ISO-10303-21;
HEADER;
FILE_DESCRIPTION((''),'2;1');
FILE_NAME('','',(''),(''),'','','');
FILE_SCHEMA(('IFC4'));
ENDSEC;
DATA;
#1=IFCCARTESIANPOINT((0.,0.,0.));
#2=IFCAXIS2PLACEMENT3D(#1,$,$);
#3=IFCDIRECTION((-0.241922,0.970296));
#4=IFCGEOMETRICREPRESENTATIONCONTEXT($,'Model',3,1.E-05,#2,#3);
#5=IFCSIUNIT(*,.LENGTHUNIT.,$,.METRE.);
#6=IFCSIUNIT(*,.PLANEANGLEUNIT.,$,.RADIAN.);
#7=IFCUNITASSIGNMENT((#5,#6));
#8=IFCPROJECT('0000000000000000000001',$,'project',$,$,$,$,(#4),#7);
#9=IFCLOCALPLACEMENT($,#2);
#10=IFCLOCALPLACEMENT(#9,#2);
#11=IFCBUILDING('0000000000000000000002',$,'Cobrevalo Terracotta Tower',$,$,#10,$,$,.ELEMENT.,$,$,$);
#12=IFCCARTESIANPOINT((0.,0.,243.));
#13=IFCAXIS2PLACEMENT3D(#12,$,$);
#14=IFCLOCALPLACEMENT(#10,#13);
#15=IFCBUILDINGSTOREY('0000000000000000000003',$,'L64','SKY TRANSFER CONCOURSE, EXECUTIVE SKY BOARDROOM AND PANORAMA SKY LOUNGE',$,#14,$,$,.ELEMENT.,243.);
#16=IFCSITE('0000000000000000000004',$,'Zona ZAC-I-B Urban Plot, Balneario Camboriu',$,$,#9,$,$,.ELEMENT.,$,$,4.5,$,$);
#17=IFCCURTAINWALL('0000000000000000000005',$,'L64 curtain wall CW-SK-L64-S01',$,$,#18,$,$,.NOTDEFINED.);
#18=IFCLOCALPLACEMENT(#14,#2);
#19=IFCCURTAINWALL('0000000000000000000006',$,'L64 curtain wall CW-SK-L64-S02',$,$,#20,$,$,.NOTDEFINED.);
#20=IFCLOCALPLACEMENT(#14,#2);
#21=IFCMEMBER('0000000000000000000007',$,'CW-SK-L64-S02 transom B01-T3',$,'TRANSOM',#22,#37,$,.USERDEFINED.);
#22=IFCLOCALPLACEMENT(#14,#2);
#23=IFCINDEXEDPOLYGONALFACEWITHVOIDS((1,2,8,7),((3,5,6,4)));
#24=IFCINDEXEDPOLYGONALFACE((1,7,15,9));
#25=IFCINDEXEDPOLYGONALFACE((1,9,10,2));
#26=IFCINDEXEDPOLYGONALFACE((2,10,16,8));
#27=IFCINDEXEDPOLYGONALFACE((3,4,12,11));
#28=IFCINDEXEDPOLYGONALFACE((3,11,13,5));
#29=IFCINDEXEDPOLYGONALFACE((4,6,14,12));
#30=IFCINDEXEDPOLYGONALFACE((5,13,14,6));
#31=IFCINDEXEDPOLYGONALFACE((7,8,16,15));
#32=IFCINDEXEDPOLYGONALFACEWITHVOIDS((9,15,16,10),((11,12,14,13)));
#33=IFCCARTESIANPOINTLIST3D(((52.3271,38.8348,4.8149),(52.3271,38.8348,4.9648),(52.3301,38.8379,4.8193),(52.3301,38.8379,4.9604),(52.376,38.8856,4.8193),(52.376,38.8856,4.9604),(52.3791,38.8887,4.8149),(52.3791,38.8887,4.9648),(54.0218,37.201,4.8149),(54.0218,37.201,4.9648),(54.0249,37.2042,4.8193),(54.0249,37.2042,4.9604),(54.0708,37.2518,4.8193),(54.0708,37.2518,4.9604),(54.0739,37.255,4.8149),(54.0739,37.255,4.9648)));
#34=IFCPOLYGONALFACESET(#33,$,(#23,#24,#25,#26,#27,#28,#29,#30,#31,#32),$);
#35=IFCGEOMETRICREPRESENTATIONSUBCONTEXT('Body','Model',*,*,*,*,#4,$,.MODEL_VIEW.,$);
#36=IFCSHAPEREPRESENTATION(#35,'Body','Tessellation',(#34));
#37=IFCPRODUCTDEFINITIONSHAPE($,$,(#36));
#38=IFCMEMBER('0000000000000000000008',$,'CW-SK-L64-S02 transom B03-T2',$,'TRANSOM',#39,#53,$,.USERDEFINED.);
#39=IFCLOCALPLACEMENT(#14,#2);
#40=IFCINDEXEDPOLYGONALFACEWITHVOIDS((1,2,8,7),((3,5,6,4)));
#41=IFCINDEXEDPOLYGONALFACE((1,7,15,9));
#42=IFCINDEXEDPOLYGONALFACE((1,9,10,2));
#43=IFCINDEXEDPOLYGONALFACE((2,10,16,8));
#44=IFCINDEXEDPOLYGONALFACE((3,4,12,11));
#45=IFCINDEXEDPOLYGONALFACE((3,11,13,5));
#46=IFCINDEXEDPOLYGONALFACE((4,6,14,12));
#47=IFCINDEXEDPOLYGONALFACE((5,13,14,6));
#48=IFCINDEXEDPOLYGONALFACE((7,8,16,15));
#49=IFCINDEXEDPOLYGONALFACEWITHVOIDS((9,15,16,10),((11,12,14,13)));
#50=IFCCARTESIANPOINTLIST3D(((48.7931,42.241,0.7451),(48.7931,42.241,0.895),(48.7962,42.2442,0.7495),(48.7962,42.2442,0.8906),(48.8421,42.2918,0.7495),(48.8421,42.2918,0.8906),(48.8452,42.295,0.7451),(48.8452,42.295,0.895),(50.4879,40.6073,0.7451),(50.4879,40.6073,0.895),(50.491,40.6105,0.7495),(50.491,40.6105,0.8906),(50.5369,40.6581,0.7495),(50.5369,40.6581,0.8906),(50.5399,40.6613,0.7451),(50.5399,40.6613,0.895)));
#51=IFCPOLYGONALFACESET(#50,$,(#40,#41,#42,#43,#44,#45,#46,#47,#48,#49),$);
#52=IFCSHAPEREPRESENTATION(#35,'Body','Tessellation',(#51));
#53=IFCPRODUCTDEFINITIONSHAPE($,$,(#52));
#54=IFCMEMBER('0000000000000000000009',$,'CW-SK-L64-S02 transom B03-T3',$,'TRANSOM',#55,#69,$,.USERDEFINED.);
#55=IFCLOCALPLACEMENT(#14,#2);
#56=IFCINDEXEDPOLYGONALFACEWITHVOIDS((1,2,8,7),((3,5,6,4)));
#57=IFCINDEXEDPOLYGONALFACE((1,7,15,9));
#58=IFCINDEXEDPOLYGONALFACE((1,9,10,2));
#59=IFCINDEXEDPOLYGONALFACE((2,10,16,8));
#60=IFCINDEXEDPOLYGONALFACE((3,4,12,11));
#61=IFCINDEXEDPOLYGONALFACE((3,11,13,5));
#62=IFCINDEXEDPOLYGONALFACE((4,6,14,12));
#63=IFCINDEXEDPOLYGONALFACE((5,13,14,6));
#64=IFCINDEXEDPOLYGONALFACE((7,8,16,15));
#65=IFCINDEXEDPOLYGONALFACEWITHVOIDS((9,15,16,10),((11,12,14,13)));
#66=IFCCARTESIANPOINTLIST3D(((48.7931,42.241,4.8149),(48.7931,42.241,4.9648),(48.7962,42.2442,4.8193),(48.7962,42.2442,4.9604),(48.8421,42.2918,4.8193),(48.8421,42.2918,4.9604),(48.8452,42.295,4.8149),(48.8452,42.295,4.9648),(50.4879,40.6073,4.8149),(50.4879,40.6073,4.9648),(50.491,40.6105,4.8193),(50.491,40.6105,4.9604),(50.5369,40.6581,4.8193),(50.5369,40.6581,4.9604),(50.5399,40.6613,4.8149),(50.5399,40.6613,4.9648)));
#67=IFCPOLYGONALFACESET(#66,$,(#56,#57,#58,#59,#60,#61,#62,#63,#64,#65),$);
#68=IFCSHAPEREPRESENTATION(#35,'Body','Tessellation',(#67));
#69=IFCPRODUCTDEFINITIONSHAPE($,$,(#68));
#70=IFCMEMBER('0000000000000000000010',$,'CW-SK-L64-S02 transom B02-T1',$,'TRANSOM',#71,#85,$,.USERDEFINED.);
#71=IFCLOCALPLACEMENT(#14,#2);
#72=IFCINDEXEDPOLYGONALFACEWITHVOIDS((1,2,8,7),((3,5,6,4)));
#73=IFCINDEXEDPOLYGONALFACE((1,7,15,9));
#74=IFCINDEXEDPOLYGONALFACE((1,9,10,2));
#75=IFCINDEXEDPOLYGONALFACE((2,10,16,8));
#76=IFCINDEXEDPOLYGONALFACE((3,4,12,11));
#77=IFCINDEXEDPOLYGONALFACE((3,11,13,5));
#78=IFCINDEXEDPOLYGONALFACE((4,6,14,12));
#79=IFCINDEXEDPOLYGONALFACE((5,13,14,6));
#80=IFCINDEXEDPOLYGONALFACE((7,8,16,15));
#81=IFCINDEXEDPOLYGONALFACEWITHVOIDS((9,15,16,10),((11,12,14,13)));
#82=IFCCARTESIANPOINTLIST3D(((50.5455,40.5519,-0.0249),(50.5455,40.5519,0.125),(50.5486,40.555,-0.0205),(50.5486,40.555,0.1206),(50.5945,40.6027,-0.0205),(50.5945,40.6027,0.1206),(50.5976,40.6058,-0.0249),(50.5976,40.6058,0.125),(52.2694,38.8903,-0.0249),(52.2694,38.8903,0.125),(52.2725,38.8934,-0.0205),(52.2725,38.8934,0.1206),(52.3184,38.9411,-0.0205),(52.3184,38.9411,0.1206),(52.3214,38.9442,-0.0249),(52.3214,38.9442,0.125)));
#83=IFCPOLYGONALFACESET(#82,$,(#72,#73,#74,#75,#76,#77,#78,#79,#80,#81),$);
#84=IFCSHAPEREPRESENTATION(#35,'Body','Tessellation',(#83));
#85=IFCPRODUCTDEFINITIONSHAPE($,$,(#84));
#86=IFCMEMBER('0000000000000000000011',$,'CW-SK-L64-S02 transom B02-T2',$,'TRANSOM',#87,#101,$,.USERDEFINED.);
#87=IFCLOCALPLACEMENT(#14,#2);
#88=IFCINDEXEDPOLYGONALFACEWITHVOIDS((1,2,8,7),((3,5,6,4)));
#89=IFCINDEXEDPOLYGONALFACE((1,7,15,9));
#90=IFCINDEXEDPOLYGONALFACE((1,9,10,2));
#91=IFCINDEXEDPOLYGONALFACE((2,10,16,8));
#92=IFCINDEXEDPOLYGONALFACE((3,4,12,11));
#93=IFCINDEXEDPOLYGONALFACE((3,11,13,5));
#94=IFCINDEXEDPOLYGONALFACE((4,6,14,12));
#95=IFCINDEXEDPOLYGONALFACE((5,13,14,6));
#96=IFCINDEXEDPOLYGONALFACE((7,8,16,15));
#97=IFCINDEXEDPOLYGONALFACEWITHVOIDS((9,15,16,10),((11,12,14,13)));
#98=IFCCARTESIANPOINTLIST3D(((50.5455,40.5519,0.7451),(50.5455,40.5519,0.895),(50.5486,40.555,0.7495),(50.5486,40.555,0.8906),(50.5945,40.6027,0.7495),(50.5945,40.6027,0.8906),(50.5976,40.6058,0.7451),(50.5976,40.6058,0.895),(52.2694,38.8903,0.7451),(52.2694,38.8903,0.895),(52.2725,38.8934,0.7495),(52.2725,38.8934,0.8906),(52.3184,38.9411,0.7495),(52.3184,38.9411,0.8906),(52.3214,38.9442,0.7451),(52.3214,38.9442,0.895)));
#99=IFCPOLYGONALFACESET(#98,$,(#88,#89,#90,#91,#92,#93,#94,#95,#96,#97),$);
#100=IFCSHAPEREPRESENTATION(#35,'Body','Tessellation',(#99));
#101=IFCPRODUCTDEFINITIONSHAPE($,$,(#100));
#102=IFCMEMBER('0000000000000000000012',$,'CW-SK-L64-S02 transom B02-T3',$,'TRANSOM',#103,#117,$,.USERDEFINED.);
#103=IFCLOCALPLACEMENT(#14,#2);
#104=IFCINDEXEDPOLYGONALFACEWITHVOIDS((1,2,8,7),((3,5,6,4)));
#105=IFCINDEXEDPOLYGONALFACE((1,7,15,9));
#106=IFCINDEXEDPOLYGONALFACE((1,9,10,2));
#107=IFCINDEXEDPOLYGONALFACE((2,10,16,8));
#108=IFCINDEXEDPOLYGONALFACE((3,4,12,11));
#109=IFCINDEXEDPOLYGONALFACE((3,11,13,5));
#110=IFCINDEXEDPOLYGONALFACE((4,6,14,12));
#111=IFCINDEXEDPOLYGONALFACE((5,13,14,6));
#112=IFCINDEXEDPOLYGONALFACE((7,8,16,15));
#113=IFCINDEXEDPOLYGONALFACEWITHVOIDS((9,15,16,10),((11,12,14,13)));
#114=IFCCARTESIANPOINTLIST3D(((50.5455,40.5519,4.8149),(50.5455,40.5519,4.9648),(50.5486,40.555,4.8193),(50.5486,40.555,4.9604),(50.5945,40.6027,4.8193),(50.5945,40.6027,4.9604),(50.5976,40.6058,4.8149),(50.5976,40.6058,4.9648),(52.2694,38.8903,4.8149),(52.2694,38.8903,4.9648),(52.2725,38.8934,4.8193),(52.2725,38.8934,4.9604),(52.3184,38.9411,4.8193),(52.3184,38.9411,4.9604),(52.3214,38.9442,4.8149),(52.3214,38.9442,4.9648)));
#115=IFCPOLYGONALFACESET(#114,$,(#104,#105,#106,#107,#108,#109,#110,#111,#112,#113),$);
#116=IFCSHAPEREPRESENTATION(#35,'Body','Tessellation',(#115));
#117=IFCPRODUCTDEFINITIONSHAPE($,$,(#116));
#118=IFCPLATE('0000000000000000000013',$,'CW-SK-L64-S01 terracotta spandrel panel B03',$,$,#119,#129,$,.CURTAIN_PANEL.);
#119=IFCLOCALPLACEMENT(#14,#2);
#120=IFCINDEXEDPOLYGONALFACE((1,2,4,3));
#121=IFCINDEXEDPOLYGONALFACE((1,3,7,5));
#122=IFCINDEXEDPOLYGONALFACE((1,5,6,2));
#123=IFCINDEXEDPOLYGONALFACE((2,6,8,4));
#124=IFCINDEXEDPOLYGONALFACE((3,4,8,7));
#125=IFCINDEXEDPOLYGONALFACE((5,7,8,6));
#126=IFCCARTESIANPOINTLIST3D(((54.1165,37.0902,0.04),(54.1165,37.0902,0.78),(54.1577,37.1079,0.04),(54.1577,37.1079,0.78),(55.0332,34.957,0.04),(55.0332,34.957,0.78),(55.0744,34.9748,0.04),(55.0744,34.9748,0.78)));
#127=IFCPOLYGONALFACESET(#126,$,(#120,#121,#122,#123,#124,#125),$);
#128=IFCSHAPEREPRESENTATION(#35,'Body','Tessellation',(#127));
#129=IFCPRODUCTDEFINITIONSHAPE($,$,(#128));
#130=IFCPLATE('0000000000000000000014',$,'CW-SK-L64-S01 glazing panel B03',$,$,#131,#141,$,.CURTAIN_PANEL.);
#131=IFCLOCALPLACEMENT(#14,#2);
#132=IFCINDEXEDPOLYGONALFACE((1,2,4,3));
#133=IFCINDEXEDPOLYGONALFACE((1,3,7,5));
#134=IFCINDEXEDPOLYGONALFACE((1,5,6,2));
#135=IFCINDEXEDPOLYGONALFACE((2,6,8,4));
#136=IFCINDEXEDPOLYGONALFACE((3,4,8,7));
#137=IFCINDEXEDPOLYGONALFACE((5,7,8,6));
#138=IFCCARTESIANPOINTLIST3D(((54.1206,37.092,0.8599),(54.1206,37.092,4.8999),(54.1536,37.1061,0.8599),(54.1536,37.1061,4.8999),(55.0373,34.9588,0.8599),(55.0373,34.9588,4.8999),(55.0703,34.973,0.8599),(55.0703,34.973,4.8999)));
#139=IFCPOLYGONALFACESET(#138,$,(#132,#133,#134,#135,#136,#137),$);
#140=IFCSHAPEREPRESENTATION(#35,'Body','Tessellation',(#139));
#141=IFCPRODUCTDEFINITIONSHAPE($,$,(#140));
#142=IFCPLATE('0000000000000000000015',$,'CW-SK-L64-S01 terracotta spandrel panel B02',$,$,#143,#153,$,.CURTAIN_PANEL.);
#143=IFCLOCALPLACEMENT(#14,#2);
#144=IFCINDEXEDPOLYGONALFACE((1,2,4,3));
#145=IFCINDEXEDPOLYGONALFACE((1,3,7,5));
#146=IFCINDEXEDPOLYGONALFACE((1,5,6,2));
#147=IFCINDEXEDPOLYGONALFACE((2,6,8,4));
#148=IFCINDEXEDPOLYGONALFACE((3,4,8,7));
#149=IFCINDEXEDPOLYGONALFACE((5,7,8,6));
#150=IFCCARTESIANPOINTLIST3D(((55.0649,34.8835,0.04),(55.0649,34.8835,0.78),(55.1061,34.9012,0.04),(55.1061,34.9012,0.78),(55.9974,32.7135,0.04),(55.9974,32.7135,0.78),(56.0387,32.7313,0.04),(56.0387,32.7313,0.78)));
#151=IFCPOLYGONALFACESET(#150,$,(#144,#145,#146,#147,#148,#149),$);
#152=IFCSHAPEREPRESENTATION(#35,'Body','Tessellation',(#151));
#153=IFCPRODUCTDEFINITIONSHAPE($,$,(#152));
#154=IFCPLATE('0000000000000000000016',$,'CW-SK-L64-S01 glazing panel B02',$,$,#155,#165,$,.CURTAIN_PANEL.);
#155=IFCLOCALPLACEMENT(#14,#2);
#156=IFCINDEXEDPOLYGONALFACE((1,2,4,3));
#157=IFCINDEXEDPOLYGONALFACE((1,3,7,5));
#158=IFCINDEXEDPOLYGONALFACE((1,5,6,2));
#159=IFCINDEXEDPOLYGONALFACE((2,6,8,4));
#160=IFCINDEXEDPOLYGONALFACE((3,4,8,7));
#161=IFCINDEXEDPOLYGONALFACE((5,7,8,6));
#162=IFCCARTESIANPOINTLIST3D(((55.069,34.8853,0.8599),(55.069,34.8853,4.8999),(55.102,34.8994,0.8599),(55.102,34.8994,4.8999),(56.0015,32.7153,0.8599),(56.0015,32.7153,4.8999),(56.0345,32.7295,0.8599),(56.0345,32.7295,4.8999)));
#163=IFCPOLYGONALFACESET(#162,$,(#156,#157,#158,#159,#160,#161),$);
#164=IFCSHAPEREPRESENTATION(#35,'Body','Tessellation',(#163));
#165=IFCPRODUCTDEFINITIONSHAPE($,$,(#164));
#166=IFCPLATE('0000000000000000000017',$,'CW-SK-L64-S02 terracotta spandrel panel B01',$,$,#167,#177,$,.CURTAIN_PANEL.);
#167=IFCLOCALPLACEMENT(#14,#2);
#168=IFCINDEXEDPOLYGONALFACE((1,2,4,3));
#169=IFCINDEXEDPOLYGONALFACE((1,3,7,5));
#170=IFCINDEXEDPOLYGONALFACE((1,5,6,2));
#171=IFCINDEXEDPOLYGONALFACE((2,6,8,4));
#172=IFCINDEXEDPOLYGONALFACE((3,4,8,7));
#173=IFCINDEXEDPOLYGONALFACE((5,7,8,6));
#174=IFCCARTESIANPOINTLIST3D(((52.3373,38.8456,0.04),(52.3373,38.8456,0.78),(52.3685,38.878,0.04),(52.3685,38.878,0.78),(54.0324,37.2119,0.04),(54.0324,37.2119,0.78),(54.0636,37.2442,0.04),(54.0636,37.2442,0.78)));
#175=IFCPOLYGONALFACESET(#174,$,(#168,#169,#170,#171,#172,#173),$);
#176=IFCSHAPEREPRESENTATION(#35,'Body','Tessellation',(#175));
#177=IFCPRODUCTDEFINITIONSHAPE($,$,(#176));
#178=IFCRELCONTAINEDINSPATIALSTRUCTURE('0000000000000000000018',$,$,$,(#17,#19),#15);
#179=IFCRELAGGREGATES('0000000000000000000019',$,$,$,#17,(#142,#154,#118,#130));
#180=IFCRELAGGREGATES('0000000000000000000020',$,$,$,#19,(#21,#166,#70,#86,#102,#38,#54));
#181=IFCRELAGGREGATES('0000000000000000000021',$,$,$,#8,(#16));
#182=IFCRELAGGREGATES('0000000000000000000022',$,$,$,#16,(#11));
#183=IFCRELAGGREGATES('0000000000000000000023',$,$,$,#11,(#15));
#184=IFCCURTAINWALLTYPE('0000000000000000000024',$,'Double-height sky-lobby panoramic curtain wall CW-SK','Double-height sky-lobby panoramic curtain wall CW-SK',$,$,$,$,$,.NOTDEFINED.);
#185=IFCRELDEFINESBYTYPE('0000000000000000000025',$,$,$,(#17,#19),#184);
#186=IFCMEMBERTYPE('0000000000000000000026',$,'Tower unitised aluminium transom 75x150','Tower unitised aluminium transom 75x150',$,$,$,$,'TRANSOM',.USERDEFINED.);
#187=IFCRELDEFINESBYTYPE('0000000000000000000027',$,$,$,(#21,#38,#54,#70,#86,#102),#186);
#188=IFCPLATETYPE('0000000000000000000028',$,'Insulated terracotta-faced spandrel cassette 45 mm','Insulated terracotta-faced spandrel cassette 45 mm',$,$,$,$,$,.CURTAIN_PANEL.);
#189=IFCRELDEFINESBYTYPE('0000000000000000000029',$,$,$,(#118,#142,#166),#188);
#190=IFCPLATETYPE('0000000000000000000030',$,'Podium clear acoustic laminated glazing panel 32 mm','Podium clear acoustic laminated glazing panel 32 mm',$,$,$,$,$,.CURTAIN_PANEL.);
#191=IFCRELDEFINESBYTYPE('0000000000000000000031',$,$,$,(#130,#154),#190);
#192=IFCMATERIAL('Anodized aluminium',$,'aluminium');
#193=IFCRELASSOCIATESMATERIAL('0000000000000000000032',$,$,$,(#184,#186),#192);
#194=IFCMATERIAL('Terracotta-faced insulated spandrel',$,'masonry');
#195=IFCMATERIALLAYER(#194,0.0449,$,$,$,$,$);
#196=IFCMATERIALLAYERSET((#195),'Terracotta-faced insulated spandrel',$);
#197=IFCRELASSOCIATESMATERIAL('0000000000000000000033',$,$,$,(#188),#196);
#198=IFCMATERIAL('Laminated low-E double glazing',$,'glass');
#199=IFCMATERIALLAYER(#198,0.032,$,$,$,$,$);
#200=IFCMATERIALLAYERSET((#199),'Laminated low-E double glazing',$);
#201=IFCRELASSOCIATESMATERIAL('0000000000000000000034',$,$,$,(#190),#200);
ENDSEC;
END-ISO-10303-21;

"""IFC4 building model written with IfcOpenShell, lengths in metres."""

from ifc_helpers import new_model, si_unit, direction, frame, origin, origin_2d, place, context, subcontext, project, spatial, rectangle, hollow_rectangle, extrude, source, transform, mapped, material, layer, layer_set, material_profile, profile_set, type_object, element, aggregate, save


model = new_model("IFC4")

# Units and contexts
model_context = context("Model", 3, precision=1e-05, world=origin(), true_north=direction((-0.241922, 0.970296)))
body_context = subcontext(model_context, "Body", "Model", "MODEL_VIEW")
ifc_project = project(units=[si_unit("LENGTHUNIT", "METRE"), si_unit("PLANEANGLEUNIT", "RADIAN")], contexts=[model_context])

# Site, building, storey
site_placement = place(None, origin())
site = spatial("IfcSite", under=ifc_project, at=site_placement, Name="Zona ZAC-I-B Urban Plot, Balneario Camboriu", CompositionType="ELEMENT", RefElevation=4.5)
building_placement = place(site_placement, origin())
building = spatial("IfcBuilding", under=site, at=building_placement, Name="Cobrevalo Terracotta Tower", CompositionType="ELEMENT")
storey_placement = place(building_placement, frame((0.0, 0.0, 243.0)))
storey = spatial("IfcBuildingStorey", under=building, at=storey_placement, Name="L64", Description="SKY TRANSFER CONCOURSE, EXECUTIVE SKY BOARDROOM AND PANORAMA SKY LOUNGE", CompositionType="ELEMENT", Elevation=243.0)

# Curtain walls
ifc_material_1 = material(Name="Anodized aluminium", Category="aluminium")
curtain_wall_type = type_object("IfcCurtainWallType", Name="Double-height sky-lobby panoramic curtain wall CW-SK", Description="Double-height sky-lobby panoramic curtain wall CW-SK", PredefinedType="NOTDEFINED", material=ifc_material_1)
curtain_wall_1_placement = place(storey_placement, origin())
curtain_wall_1 = element("IfcCurtainWall", 1, at=curtain_wall_1_placement, inside=storey, type_object=curtain_wall_type, Name="L64 curtain wall CW-SK-L64-S01", PredefinedType="NOTDEFINED")
curtain_wall_2_placement = place(storey_placement, origin())
curtain_wall_2 = element("IfcCurtainWall", 2, at=curtain_wall_2_placement, inside=storey, type_object=curtain_wall_type, Name="L64 curtain wall CW-SK-L64-S02", PredefinedType="NOTDEFINED")

# Members
ifc_material_profile_1 = material_profile(ifc_material_1, hollow_rectangle(XDim=0.075, YDim=0.1499, WallThickness=0.0044, at=origin_2d()), Name="CWT 75x150")
ifc_profile_set_1 = profile_set([ifc_material_profile_1], Name="Anodized aluminium")
member_type_1 = type_object("IfcMemberType", Name="Tower unitised aluminium transom 75x150", Description="Tower unitised aluminium transom 75x150", ElementType="TRANSOM", PredefinedType="USERDEFINED", material=ifc_profile_set_1)
shared_shape_1 = source(origin(), body_context, "Body", "SweptSolid", [
    extrude(hollow_rectangle(XDim=0.075, YDim=0.1499, WallThickness=0.0044, at=origin_2d()), origin(), (0.0, 0.0, 1.0), 2.354),
])
member_1_placement = place(storey_placement, frame((54.0479, 37.228, 4.8899), z_axis=(-0.719952, 0.694024, 0.0), x_axis=(-0.694024, -0.719952, 0.0)))
member_1 = element("IfcMember", 3, at=member_1_placement, type_object=member_type_1, Name="CW-SK-L64-S02 transom B01-T3", ObjectType="TRANSOM", PredefinedType="USERDEFINED", context=body_context, shape_type="MappedRepresentation", body=[
    mapped(shared_shape_1, transform((0.0, 0.0, 0.0), scale=1.0)),
])
member_2_placement = place(storey_placement, frame((50.5139, 40.6343, 0.8201), z_axis=(-0.719952, 0.694024, 0.0), x_axis=(-0.694024, -0.719952, 0.0)))
member_2 = element("IfcMember", 4, at=member_2_placement, type_object=member_type_1, Name="CW-SK-L64-S02 transom B03-T2", ObjectType="TRANSOM", PredefinedType="USERDEFINED", context=body_context, shape_type="MappedRepresentation", body=[
    mapped(shared_shape_1, transform((0.0, 0.0, 0.0), scale=1.0)),
])
member_3_placement = place(storey_placement, frame((50.5139, 40.6343, 4.8899), z_axis=(-0.719952, 0.694024, 0.0), x_axis=(-0.694024, -0.719952, 0.0)))
member_3 = element("IfcMember", 5, at=member_3_placement, type_object=member_type_1, Name="CW-SK-L64-S02 transom B03-T3", ObjectType="TRANSOM", PredefinedType="USERDEFINED", context=body_context, shape_type="MappedRepresentation", body=[
    mapped(shared_shape_1, transform((0.0, 0.0, 0.0), scale=1.0)),
])
shared_shape_2 = source(origin(), body_context, "Body", "SweptSolid", [
    extrude(hollow_rectangle(XDim=0.075, YDim=0.1499, WallThickness=0.0044, at=origin_2d()), origin(), (0.0, 0.0, 1.0), 2.3943),
])
member_4_placement = place(storey_placement, frame((52.2954, 38.9172, 0.05), z_axis=(-0.719988, 0.693986, 0.0), x_axis=(-0.693986, -0.719988, 0.0)))
member_4 = element("IfcMember", 6, at=member_4_placement, type_object=member_type_1, Name="CW-SK-L64-S02 transom B02-T1", ObjectType="TRANSOM", PredefinedType="USERDEFINED", context=body_context, shape_type="MappedRepresentation", body=[
    mapped(shared_shape_2, transform((0.0, 0.0, 0.0), scale=1.0)),
])
member_5_placement = place(storey_placement, frame((52.2954, 38.9172, 0.8201), z_axis=(-0.719988, 0.693986, 0.0), x_axis=(-0.693986, -0.719988, 0.0)))
member_5 = element("IfcMember", 7, at=member_5_placement, type_object=member_type_1, Name="CW-SK-L64-S02 transom B02-T2", ObjectType="TRANSOM", PredefinedType="USERDEFINED", context=body_context, shape_type="MappedRepresentation", body=[
    mapped(shared_shape_2, transform((0.0, 0.0, 0.0), scale=1.0)),
])
member_6_placement = place(storey_placement, frame((52.2954, 38.9172, 4.8899), z_axis=(-0.719988, 0.693986, 0.0), x_axis=(-0.693986, -0.719988, 0.0)))
member_6 = element("IfcMember", 8, at=member_6_placement, type_object=member_type_1, Name="CW-SK-L64-S02 transom B02-T3", ObjectType="TRANSOM", PredefinedType="USERDEFINED", context=body_context, shape_type="MappedRepresentation", body=[
    mapped(shared_shape_2, transform((0.0, 0.0, 0.0), scale=1.0)),
])

# Plates
ifc_material_2 = material(Name="Terracotta-faced insulated spandrel", Category="masonry")
ifc_layer_1 = layer(ifc_material_2, 0.0449)
ifc_layer_set_1 = layer_set([ifc_layer_1], Name="Terracotta-faced insulated spandrel")
plate_type_1 = type_object("IfcPlateType", Name="Insulated terracotta-faced spandrel cassette 45 mm", Description="Insulated terracotta-faced spandrel cassette 45 mm", PredefinedType="CURTAIN_PANEL", material=ifc_layer_set_1)
shared_shape_3 = source(origin(), body_context, "Body", "SweptSolid", [
    extrude(rectangle(XDim=2.3218, YDim=0.0449, at=origin_2d()), origin(), (0.0, 0.0, 1.0), 0.74),
])
plate_1_placement = place(storey_placement, frame((54.5955, 36.0325, 0.04), z_axis=(0.0, 0.0, 1.0), x_axis=(-0.394829, 0.918755, 0.0)))
plate_1 = element("IfcPlate", 9, at=plate_1_placement, type_object=plate_type_1, Name="CW-SK-L64-S01 terracotta spandrel panel B03", PredefinedType="CURTAIN_PANEL", context=body_context, shape_type="MappedRepresentation", body=[
    mapped(shared_shape_3, transform((0.0, 0.0, 0.0), scale=1.0)),
])
ifc_material_3 = material(Name="Laminated low-E double glazing", Category="glass")
ifc_layer_2 = layer(ifc_material_3, 0.032)
ifc_layer_set_2 = layer_set([ifc_layer_2], Name="Laminated low-E double glazing")
plate_type_2 = type_object("IfcPlateType", Name="Podium clear acoustic laminated glazing panel 32 mm", Description="Podium clear acoustic laminated glazing panel 32 mm", PredefinedType="CURTAIN_PANEL", material=ifc_layer_set_2)
shared_shape_4 = source(origin(), body_context, "Body", "SweptSolid", [
    extrude(rectangle(XDim=2.3218, YDim=0.0359, at=origin_2d()), origin(), (0.0, 0.0, 1.0), 4.04),
])
plate_2_placement = place(storey_placement, frame((54.5955, 36.0325, 0.8599), z_axis=(0.0, 0.0, 1.0), x_axis=(-0.394829, 0.918755, 0.0)))
plate_2 = element("IfcPlate", 10, at=plate_2_placement, type_object=plate_type_2, Name="CW-SK-L64-S01 glazing panel B03", PredefinedType="CURTAIN_PANEL", context=body_context, shape_type="MappedRepresentation", body=[
    mapped(shared_shape_4, transform((0.0, 0.0, 0.0), scale=1.0)),
])
shared_shape_5 = source(origin(), body_context, "Body", "SweptSolid", [
    extrude(rectangle(XDim=2.3618, YDim=0.0449, at=origin_2d()), origin(), (0.0, 0.0, 1.0), 0.74),
])
plate_3_placement = place(storey_placement, frame((55.5518, 33.8074, 0.04), z_axis=(0.0, 0.0, 1.0), x_axis=(-0.394829, 0.918755, 0.0)))
plate_3 = element("IfcPlate", 11, at=plate_3_placement, type_object=plate_type_1, Name="CW-SK-L64-S01 terracotta spandrel panel B02", PredefinedType="CURTAIN_PANEL", context=body_context, shape_type="MappedRepresentation", body=[
    mapped(shared_shape_5, transform((0.0, 0.0, 0.0), scale=1.0)),
])
shared_shape_6 = source(origin(), body_context, "Body", "SweptSolid", [
    extrude(rectangle(XDim=2.3618, YDim=0.0359, at=origin_2d()), origin(), (0.0, 0.0, 1.0), 4.04),
])
plate_4_placement = place(storey_placement, frame((55.5518, 33.8074, 0.8599), z_axis=(0.0, 0.0, 1.0), x_axis=(-0.394829, 0.918755, 0.0)))
plate_4 = element("IfcPlate", 12, at=plate_4_placement, type_object=plate_type_2, Name="CW-SK-L64-S01 glazing panel B02", PredefinedType="CURTAIN_PANEL", context=body_context, shape_type="MappedRepresentation", body=[
    mapped(shared_shape_6, transform((0.0, 0.0, 0.0), scale=1.0)),
])
aggregate(curtain_wall_1, [plate_3, plate_4, plate_1, plate_2])
shared_shape_7 = source(origin(), body_context, "Body", "SweptSolid", [
    extrude(rectangle(XDim=2.3542, YDim=0.0449, at=origin_2d()), origin(), (0.0, 0.0, 1.0), 0.74),
])
plate_5_placement = place(storey_placement, frame((53.2004, 38.0449, 0.04), z_axis=(0.0, 0.0, 1.0), x_axis=(-0.719997, 0.693978, 0.0)))
plate_5 = element("IfcPlate", 13, at=plate_5_placement, type_object=plate_type_1, Name="CW-SK-L64-S02 terracotta spandrel panel B01", PredefinedType="CURTAIN_PANEL", context=body_context, shape_type="MappedRepresentation", body=[
    mapped(shared_shape_7, transform((0.0, 0.0, 0.0), scale=1.0)),
])
aggregate(curtain_wall_2, [member_1, plate_5, member_4, member_5, member_6, member_2, member_3])

save(model, "model.ifc")
